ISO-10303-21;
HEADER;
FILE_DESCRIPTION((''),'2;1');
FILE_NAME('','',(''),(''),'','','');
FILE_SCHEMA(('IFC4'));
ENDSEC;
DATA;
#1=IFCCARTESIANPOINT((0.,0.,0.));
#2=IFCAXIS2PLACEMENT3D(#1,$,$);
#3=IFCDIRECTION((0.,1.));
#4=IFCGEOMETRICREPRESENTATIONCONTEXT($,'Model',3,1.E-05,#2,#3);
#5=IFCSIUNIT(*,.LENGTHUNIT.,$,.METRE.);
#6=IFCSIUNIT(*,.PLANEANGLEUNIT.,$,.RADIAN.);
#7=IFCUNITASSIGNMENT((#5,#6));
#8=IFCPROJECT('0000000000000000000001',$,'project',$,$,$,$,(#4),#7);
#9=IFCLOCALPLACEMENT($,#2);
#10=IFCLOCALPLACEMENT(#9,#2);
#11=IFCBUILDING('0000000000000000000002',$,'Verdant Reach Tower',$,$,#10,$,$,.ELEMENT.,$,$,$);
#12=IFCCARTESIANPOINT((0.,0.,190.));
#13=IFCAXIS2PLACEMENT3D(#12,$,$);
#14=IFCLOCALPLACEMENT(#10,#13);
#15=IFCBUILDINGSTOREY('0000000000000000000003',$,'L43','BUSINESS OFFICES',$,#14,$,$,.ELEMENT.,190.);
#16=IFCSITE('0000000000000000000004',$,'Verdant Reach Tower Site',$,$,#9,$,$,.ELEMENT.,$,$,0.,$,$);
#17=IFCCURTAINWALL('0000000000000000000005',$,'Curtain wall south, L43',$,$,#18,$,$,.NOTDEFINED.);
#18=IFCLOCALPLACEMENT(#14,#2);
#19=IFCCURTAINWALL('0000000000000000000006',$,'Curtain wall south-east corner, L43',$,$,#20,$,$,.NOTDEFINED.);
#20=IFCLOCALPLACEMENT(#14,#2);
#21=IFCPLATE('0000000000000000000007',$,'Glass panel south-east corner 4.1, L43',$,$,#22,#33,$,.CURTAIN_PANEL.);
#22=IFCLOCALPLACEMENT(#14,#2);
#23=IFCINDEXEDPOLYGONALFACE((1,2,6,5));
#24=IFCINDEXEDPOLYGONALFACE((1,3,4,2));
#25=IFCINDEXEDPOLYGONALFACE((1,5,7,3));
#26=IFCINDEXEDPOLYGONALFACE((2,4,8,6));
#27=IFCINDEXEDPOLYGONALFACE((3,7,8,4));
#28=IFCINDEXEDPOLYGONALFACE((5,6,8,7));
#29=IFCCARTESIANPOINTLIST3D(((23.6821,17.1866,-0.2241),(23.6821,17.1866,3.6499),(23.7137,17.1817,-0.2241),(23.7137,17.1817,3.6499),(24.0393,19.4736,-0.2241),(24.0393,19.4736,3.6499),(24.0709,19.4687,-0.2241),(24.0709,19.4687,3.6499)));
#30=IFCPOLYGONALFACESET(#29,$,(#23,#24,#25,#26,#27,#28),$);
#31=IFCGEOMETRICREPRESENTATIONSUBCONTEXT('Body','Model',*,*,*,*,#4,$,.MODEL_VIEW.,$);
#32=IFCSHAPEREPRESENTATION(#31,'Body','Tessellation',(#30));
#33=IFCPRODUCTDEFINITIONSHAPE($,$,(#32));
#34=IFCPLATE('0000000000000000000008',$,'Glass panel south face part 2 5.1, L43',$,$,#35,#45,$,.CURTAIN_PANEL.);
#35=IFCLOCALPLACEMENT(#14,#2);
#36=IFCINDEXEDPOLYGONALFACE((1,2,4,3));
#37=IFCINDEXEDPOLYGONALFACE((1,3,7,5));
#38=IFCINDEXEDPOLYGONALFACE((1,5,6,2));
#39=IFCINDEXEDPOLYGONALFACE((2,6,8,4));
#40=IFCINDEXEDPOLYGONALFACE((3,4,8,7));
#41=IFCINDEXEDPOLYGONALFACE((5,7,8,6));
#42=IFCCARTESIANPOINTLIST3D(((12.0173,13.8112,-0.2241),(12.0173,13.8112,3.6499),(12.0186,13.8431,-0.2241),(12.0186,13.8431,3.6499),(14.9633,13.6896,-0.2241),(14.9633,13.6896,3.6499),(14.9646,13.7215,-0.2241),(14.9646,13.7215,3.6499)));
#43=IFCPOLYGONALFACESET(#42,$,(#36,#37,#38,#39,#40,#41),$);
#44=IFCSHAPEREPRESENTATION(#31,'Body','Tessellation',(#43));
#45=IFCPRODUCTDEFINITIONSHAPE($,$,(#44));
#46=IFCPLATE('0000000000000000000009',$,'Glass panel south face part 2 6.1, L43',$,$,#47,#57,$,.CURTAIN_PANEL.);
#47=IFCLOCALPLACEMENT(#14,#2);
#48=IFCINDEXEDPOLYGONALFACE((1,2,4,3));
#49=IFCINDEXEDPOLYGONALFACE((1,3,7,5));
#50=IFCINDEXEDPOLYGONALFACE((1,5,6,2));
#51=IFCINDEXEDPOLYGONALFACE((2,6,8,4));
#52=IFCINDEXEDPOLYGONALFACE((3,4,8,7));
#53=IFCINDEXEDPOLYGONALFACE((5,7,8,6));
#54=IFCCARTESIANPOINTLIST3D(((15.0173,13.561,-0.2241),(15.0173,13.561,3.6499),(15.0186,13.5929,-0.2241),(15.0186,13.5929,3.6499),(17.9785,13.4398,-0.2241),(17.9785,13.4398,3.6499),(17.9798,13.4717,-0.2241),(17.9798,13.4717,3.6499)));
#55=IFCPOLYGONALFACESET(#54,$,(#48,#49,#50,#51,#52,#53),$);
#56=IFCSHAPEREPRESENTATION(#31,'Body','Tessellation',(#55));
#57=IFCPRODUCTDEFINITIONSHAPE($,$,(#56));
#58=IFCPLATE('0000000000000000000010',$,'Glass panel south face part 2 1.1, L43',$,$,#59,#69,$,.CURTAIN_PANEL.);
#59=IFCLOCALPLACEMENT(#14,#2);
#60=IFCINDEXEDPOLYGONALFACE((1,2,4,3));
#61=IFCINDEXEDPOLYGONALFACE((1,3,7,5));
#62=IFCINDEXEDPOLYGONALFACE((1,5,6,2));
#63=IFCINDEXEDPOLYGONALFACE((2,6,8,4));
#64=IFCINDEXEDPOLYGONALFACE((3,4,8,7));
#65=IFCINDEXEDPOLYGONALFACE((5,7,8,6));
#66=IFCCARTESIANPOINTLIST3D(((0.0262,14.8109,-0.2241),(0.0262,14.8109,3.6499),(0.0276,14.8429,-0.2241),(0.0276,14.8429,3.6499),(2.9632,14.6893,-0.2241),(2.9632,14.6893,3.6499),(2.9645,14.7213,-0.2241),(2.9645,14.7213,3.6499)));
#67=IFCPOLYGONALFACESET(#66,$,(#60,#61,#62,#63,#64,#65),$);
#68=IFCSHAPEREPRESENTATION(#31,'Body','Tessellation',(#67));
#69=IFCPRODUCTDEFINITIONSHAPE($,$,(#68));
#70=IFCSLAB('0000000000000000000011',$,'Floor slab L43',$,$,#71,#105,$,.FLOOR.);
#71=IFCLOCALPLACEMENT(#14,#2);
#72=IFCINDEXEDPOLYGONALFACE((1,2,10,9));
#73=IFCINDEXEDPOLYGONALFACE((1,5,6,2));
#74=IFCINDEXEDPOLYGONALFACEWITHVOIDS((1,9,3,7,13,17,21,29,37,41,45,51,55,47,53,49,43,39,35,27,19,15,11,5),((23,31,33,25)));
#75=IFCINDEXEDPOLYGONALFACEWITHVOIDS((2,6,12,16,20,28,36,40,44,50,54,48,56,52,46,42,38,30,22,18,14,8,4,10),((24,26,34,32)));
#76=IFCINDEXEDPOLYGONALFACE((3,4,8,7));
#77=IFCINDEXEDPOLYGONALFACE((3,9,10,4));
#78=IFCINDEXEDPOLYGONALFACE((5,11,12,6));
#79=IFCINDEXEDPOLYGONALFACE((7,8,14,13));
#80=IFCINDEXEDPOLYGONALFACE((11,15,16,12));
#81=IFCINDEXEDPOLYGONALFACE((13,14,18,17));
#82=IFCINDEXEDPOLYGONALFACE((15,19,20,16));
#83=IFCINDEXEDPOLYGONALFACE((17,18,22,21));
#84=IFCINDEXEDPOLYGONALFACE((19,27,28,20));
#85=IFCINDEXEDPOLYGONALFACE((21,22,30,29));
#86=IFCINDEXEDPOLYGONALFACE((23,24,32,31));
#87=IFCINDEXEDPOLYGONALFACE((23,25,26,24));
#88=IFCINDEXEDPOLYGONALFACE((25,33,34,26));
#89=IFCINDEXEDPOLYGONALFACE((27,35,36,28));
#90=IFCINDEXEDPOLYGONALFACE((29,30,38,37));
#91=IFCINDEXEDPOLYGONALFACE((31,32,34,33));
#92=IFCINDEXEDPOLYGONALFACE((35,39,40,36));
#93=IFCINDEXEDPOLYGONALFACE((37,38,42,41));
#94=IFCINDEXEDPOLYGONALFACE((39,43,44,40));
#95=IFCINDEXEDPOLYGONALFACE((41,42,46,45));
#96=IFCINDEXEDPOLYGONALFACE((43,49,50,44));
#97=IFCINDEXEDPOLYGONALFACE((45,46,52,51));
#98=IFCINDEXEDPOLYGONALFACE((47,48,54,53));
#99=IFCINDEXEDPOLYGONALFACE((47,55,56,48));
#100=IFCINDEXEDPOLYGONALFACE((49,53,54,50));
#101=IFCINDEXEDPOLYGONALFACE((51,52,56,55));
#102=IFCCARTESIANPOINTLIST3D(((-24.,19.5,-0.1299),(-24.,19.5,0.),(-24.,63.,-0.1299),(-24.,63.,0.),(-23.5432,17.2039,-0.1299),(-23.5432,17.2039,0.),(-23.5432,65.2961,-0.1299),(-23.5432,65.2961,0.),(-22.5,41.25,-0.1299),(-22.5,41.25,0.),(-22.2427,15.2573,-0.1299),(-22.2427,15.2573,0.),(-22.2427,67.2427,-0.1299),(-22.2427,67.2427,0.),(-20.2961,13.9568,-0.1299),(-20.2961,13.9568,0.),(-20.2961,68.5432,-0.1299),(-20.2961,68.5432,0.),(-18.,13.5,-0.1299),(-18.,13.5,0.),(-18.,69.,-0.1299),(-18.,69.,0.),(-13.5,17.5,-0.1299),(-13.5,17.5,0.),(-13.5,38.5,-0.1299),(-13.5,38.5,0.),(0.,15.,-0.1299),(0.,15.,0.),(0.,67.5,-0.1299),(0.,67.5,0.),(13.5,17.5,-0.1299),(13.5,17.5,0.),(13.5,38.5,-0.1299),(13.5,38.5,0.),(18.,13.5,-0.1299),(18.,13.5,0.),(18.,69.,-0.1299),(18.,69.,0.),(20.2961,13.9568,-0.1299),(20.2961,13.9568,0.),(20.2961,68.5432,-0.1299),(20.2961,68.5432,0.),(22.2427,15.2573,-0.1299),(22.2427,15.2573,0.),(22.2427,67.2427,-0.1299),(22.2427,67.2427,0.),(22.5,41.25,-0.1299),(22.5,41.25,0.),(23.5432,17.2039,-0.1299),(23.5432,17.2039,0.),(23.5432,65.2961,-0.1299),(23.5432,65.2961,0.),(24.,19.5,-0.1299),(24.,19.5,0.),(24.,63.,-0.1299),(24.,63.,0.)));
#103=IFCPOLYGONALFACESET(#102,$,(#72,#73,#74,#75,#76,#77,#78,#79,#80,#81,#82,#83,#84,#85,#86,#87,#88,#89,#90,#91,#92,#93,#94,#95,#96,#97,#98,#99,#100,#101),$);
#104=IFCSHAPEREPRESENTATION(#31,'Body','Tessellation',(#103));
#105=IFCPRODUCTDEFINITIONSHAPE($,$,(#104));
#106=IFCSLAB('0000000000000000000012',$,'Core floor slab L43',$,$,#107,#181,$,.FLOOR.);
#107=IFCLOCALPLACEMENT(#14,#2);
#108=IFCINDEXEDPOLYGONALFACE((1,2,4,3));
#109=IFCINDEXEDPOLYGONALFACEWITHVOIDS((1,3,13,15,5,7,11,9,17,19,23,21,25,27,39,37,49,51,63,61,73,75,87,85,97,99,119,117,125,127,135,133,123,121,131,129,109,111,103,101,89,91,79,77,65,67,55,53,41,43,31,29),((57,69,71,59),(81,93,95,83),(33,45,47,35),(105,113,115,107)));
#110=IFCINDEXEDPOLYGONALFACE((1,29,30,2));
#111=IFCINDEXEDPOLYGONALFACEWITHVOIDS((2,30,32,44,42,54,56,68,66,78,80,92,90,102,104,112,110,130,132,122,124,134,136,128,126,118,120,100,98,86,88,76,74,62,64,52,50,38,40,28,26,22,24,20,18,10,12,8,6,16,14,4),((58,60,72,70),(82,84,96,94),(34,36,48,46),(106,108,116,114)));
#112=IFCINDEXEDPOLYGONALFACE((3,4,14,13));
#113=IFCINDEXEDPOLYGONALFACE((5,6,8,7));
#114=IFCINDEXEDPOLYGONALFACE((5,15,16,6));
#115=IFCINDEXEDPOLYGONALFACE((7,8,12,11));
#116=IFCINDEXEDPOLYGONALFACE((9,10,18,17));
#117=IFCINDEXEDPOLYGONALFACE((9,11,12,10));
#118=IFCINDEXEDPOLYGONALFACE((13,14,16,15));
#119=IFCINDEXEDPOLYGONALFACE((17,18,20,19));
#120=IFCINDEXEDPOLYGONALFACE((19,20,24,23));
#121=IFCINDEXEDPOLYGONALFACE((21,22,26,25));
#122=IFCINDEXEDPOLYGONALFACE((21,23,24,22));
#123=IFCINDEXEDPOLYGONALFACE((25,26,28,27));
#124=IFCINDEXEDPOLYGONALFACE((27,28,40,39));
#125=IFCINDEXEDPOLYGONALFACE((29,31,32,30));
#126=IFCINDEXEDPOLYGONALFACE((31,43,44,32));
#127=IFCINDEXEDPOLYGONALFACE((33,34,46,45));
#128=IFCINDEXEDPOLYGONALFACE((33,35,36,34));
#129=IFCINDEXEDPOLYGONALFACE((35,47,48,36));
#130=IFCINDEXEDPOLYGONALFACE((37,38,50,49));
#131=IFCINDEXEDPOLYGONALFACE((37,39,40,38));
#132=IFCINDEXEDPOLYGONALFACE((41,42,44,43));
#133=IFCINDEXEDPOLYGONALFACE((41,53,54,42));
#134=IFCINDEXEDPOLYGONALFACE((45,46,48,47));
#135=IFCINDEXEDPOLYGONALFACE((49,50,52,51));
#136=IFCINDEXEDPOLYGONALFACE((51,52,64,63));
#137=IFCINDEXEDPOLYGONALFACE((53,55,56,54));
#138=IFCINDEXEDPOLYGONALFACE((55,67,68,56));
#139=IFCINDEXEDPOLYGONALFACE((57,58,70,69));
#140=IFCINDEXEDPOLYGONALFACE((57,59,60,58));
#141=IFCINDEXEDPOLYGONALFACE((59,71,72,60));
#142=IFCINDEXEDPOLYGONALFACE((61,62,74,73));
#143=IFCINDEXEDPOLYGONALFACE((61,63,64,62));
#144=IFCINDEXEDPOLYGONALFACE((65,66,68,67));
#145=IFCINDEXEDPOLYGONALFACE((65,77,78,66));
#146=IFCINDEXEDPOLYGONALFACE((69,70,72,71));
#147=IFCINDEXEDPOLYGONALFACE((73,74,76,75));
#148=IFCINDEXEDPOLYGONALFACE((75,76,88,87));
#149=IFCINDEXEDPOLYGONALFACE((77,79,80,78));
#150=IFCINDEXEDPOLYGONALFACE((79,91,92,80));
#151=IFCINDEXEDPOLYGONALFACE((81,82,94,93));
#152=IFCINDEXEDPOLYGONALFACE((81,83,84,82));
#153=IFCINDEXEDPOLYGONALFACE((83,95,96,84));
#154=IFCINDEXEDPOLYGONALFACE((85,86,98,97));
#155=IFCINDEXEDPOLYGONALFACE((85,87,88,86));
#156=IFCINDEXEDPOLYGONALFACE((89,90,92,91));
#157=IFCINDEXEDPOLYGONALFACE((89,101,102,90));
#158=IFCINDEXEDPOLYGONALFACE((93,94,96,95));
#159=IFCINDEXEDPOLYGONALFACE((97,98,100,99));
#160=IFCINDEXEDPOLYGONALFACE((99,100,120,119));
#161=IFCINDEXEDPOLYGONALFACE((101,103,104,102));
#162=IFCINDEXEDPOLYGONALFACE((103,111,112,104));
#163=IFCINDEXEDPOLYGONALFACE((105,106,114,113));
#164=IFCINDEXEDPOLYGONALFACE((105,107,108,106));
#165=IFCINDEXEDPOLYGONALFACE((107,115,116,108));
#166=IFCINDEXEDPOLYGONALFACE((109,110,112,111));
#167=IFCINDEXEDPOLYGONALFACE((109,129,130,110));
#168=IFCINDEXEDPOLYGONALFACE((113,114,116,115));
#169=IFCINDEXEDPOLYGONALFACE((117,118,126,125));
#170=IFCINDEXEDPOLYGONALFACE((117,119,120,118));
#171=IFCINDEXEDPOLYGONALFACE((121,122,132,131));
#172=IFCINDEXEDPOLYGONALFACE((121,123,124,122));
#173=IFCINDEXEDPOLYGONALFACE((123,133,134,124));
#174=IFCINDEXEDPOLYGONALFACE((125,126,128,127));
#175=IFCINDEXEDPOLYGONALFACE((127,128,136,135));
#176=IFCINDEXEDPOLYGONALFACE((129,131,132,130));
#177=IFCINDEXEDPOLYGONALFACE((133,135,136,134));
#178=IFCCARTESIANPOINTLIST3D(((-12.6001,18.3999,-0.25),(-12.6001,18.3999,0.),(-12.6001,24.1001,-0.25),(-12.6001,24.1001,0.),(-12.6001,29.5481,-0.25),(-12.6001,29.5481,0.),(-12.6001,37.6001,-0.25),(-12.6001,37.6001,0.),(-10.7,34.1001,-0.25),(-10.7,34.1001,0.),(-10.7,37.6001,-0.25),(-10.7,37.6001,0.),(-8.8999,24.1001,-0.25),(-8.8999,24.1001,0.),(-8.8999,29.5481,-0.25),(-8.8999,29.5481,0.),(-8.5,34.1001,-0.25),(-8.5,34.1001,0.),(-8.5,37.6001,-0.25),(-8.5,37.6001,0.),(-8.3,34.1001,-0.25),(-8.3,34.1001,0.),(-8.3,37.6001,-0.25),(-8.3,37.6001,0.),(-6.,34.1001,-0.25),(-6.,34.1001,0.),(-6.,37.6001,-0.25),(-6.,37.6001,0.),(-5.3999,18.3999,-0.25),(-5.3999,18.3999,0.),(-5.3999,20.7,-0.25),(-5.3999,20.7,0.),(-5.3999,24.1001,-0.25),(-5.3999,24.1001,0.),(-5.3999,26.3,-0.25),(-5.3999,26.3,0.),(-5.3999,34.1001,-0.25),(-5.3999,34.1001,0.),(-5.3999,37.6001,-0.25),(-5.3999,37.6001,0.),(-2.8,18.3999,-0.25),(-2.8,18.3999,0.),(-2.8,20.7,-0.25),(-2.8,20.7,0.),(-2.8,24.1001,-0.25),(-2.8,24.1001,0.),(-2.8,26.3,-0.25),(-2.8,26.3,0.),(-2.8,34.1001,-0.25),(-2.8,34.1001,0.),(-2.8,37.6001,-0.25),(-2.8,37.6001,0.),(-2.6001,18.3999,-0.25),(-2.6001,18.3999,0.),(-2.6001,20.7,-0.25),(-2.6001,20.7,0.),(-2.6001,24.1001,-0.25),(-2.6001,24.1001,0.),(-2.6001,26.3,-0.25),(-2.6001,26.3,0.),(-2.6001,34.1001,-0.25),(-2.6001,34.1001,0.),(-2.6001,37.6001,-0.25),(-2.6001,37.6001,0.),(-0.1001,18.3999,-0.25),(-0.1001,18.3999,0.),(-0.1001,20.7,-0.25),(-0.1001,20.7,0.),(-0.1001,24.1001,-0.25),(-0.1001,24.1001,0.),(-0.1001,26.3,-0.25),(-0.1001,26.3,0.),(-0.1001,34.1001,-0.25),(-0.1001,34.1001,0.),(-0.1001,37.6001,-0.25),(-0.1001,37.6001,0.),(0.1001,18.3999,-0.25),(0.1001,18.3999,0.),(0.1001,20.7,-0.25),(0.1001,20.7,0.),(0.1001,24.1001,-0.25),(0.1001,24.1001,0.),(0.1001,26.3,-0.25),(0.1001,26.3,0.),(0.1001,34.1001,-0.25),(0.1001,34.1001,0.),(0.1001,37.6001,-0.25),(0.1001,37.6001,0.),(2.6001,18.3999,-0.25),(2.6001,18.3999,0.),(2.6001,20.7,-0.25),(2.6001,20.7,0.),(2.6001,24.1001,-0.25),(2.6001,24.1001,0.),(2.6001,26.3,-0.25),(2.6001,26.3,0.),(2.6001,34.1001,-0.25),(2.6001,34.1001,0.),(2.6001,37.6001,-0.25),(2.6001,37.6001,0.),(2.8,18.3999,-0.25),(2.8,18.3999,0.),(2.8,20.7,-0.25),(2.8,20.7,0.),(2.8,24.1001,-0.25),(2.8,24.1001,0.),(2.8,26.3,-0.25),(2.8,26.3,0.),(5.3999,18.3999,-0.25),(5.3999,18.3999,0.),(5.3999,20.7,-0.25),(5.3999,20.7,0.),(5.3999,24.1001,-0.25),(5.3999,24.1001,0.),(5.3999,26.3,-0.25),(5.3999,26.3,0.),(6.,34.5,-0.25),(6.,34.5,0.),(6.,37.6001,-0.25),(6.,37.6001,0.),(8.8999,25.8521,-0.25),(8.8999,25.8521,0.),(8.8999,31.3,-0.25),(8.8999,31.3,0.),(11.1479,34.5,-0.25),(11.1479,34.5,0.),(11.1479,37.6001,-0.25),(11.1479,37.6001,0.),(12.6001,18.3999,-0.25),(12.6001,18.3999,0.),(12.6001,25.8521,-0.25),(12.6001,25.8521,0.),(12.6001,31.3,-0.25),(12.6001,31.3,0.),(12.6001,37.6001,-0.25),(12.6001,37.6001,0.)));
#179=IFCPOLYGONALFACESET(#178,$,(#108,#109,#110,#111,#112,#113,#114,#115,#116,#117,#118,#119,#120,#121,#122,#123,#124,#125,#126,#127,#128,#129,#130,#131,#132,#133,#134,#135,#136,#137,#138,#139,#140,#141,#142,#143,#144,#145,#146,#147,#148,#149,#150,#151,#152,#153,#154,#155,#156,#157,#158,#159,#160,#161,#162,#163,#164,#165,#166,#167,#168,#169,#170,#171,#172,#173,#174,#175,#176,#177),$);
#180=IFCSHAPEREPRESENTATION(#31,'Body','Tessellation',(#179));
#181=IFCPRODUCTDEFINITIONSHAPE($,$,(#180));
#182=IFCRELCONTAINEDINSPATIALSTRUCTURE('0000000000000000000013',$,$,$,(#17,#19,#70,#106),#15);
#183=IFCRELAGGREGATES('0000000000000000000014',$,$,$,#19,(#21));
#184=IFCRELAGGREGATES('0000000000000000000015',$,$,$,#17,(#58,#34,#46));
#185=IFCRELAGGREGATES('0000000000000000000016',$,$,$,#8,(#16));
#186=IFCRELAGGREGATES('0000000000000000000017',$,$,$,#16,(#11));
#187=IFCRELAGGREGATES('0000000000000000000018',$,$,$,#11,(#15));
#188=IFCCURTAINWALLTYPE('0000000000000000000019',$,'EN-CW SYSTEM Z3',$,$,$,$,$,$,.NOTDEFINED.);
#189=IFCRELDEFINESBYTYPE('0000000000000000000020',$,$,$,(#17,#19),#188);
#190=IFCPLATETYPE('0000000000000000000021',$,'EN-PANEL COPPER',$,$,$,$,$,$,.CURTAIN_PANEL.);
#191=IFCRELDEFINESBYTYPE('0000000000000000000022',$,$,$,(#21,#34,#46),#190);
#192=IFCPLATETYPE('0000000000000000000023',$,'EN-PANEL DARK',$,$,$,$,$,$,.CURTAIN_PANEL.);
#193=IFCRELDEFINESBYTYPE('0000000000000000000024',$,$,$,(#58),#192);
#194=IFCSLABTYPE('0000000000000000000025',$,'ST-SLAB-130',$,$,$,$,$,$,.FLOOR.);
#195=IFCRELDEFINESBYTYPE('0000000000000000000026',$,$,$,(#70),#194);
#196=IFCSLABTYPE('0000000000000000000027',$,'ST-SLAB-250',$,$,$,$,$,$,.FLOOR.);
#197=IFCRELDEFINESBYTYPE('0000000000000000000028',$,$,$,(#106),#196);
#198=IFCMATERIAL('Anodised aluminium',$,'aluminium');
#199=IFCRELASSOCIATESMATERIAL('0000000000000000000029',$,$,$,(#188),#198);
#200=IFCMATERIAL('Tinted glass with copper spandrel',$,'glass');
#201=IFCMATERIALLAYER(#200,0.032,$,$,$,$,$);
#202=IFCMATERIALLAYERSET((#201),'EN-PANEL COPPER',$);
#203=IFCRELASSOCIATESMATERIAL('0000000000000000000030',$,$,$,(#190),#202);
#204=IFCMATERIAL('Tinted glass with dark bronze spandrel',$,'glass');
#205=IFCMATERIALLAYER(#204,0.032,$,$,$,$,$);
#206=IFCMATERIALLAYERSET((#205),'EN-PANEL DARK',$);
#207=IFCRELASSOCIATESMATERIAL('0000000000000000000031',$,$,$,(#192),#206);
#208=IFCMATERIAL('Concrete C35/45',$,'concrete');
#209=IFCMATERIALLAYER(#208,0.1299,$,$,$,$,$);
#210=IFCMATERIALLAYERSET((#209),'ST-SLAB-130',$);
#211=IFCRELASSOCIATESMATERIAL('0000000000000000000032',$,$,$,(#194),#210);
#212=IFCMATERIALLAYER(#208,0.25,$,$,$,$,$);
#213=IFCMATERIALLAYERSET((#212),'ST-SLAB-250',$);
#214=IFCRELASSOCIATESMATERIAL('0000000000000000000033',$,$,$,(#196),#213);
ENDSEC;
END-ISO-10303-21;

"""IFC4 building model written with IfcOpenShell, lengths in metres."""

from ifc_helpers import new_model, si_unit, direction, frame, origin, origin_2d, place, context, subcontext, project, spatial, polyline, rectangle, outline, extrude, material, layer, layer_set, type_object, element, aggregate, save


model = new_model("IFC4")

# Units and contexts
model_context = context("Model", 3, precision=1e-05, world=origin(), true_north=direction((0.0, 1.0)))
body_context = subcontext(model_context, "Body", "Model", "MODEL_VIEW")
ifc_project = project(units=[si_unit("LENGTHUNIT", "METRE"), si_unit("PLANEANGLEUNIT", "RADIAN")], contexts=[model_context])

# Site, building, storey
site_placement = place(None, origin())
site = spatial("IfcSite", under=ifc_project, at=site_placement, Name="Verdant Reach Tower Site", CompositionType="ELEMENT", RefElevation=0.0)
building_placement = place(site_placement, origin())
building = spatial("IfcBuilding", under=site, at=building_placement, Name="Verdant Reach Tower", CompositionType="ELEMENT")
storey_placement = place(building_placement, frame((0.0, 0.0, 190.0)))
storey = spatial("IfcBuildingStorey", under=building, at=storey_placement, Name="L43", Description="BUSINESS OFFICES", CompositionType="ELEMENT", Elevation=190.0)

# Curtain wall
ifc_material_1 = material(Name="Anodised aluminium", Category="aluminium")
curtain_wall_type = type_object("IfcCurtainWallType", Name="EN-CW SYSTEM Z3", PredefinedType="NOTDEFINED", material=ifc_material_1)
curtain_wall_1_placement = place(storey_placement, origin())
curtain_wall_1 = element("IfcCurtainWall", 1, at=curtain_wall_1_placement, inside=storey, type_object=curtain_wall_type, Name="Curtain wall south, L43", PredefinedType="NOTDEFINED")

# Curtain wall
curtain_wall_2_placement = place(storey_placement, origin())
curtain_wall_2 = element("IfcCurtainWall", 2, at=curtain_wall_2_placement, inside=storey, type_object=curtain_wall_type, Name="Curtain wall south-east corner, L43", PredefinedType="NOTDEFINED")

# Plates
ifc_material_2 = material(Name="Tinted glass with copper spandrel", Category="glass")
ifc_layer_1 = layer(ifc_material_2, 0.032)
ifc_layer_set_1 = layer_set([ifc_layer_1], Name="EN-PANEL COPPER")
plate_type_1 = type_object("IfcPlateType", Name="EN-PANEL COPPER", PredefinedType="CURTAIN_PANEL", material=ifc_layer_set_1)
plate_1_placement = place(storey_placement, frame((23.8765, 18.3276, -0.2241), z_axis=(0.0, 0.0, 1.0), x_axis=(0.154312, 0.988022, 0.0)))
plate_1 = element("IfcPlate", 3, at=plate_1_placement, type_object=plate_type_1, Name="Glass panel south-east corner 4.1, L43", PredefinedType="CURTAIN_PANEL", context=body_context, shape_type="SweptSolid", body=[
    extrude(rectangle(XDim=2.3147, YDim=0.032, at=origin_2d()), origin(), (0.0, 0.0, 1.0), 3.874),
])
aggregate(curtain_wall_2, [plate_1])
plate_2_placement = place(storey_placement, frame((13.491, 13.7664, -0.2241), z_axis=(0.0, 0.0, 1.0), x_axis=(0.999149, -0.041242, 0.0)))
plate_2 = element("IfcPlate", 4, at=plate_2_placement, type_object=plate_type_1, Name="Glass panel south face part 2 5.1, L43", PredefinedType="CURTAIN_PANEL", context=body_context, shape_type="SweptSolid", body=[
    extrude(rectangle(XDim=2.9485, YDim=0.032, at=origin_2d()), origin(), (0.0, 0.0, 1.0), 3.874),
])
plate_3_placement = place(storey_placement, frame((16.4985, 13.5164, -0.2241), z_axis=(0.0, 0.0, 1.0), x_axis=(0.999164, -0.040891, 0.0)))
plate_3 = element("IfcPlate", 5, at=plate_3_placement, type_object=plate_type_1, Name="Glass panel south face part 2 6.1, L43", PredefinedType="CURTAIN_PANEL", context=body_context, shape_type="SweptSolid", body=[
    extrude(rectangle(XDim=2.9636, YDim=0.032, at=origin_2d()), origin(), (0.0, 0.0, 1.0), 3.874),
])
ifc_material_3 = material(Name="Tinted glass with dark bronze spandrel", Category="glass")
ifc_layer_2 = layer(ifc_material_3, 0.032)
ifc_layer_set_2 = layer_set([ifc_layer_2], Name="EN-PANEL DARK")
plate_type_2 = type_object("IfcPlateType", Name="EN-PANEL DARK", PredefinedType="CURTAIN_PANEL", material=ifc_layer_set_2)
plate_4_placement = place(storey_placement, frame((1.4954, 14.7661, -0.2241), z_axis=(0.0, 0.0, 1.0), x_axis=(0.999144, -0.041367, 0.0)))
plate_4 = element("IfcPlate", 6, at=plate_4_placement, type_object=plate_type_2, Name="Glass panel south face part 2 1.1, L43", PredefinedType="CURTAIN_PANEL", context=body_context, shape_type="SweptSolid", body=[
    extrude(rectangle(XDim=2.9395, YDim=0.032, at=origin_2d()), origin(), (0.0, 0.0, 1.0), 3.874),
])
aggregate(curtain_wall_1, [plate_4, plate_2, plate_3])

# Slabs
ifc_material_4 = material(Name="Concrete C35/45", Category="concrete")
ifc_layer_3 = layer(ifc_material_4, 0.1299)
ifc_layer_set_3 = layer_set([ifc_layer_3], Name="ST-SLAB-130")
slab_type_1 = type_object("IfcSlabType", Name="ST-SLAB-130", PredefinedType="FLOOR", material=ifc_layer_set_3)
slab_1_placement = place(storey_placement, frame((0.0, 0.0, -0.1299)))
element("IfcSlab", 7, at=slab_1_placement, inside=storey, type_object=slab_type_1, Name="Floor slab L43", PredefinedType="FLOOR", context=body_context, shape_type="SweptSolid", body=[
    extrude(outline(polyline([(0.0, 15.0), (-18.0, 13.5), (-20.2961, 13.9568), (-22.2427, 15.2573), (-23.5432, 17.2039), (-24.0, 19.5), (-22.5, 41.25), (-24.0, 63.0), (-23.5432, 65.2961), (-22.2427, 67.2427), (-20.2961, 68.5432), (-18.0, 69.0), (0.0, 67.5), (18.0, 69.0), (20.2961, 68.5432), (22.2427, 67.2427), (23.5432, 65.2961), (24.0, 63.0), (22.5, 41.25), (24.0, 19.5), (23.5432, 17.2039), (22.2427, 15.2573), (20.2961, 13.9568), (18.0, 13.5), (0.0, 15.0)]), holes=[polyline([(13.5, 38.5), (-13.5, 38.5), (-13.5, 17.5), (13.5, 17.5), (13.5, 38.5)])]), origin(), (0.0, 0.0, 1.0), 0.1299),
])
ifc_layer_4 = layer(ifc_material_4, 0.25)
ifc_layer_set_4 = layer_set([ifc_layer_4], Name="ST-SLAB-250")
slab_type_2 = type_object("IfcSlabType", Name="ST-SLAB-250", PredefinedType="FLOOR", material=ifc_layer_set_4)
slab_2_placement = place(storey_placement, frame((0.0, 0.0, -0.25)))
element("IfcSlab", 8, at=slab_2_placement, inside=storey, type_object=slab_type_2, Name="Core floor slab L43", PredefinedType="FLOOR", context=body_context, shape_type="SweptSolid", body=[
    extrude(outline(polyline([(12.6001, 18.3999), (5.3999, 18.3999), (5.3999, 20.7), (2.8, 20.7), (2.8, 18.3999), (2.6001, 18.3999), (2.6001, 20.7), (0.1001, 20.7), (0.1001, 18.3999), (-0.1001, 18.3999), (-0.1001, 20.7), (-2.6001, 20.7), (-2.6001, 18.3999), (-2.8, 18.3999), (-2.8, 20.7), (-5.3999, 20.7), (-5.3999, 18.3999), (-12.6001, 18.3999), (-12.6001, 24.1001), (-8.8999, 24.1001), (-8.8999, 29.5481), (-12.6001, 29.5481), (-12.6001, 37.6001), (-10.7, 37.6001), (-10.7, 34.1001), (-8.5, 34.1001), (-8.5, 37.6001), (-8.3, 37.6001), (-8.3, 34.1001), (-6.0, 34.1001), (-6.0, 37.6001), (-5.3999, 37.6001), (-5.3999, 34.1001), (-2.8, 34.1001), (-2.8, 37.6001), (-2.6001, 37.6001), (-2.6001, 34.1001), (-0.1001, 34.1001), (-0.1001, 37.6001), (0.1001, 37.6001), (0.1001, 34.1001), (2.6001, 34.1001), (2.6001, 37.6001), (6.0, 37.6001), (6.0, 34.5), (11.1479, 34.5), (11.1479, 37.6001), (12.6001, 37.6001), (12.6001, 31.3), (8.8999, 31.3), (8.8999, 25.8521), (12.6001, 25.8521), (12.6001, 18.3999)]), holes=[polyline([(-2.8, 24.1001), (-2.8, 26.3), (-5.3999, 26.3), (-5.3999, 24.1001), (-2.8, 24.1001)]), polyline([(-0.1001, 24.1001), (-0.1001, 26.3), (-2.6001, 26.3), (-2.6001, 24.1001), (-0.1001, 24.1001)]), polyline([(2.6001, 24.1001), (2.6001, 26.3), (0.1001, 26.3), (0.1001, 24.1001), (2.6001, 24.1001)]), polyline([(5.3999, 24.1001), (5.3999, 26.3), (2.8, 26.3), (2.8, 24.1001), (5.3999, 24.1001)])]), origin(), (0.0, 0.0, 1.0), 0.25),
])

save(model, "model.ifc")
